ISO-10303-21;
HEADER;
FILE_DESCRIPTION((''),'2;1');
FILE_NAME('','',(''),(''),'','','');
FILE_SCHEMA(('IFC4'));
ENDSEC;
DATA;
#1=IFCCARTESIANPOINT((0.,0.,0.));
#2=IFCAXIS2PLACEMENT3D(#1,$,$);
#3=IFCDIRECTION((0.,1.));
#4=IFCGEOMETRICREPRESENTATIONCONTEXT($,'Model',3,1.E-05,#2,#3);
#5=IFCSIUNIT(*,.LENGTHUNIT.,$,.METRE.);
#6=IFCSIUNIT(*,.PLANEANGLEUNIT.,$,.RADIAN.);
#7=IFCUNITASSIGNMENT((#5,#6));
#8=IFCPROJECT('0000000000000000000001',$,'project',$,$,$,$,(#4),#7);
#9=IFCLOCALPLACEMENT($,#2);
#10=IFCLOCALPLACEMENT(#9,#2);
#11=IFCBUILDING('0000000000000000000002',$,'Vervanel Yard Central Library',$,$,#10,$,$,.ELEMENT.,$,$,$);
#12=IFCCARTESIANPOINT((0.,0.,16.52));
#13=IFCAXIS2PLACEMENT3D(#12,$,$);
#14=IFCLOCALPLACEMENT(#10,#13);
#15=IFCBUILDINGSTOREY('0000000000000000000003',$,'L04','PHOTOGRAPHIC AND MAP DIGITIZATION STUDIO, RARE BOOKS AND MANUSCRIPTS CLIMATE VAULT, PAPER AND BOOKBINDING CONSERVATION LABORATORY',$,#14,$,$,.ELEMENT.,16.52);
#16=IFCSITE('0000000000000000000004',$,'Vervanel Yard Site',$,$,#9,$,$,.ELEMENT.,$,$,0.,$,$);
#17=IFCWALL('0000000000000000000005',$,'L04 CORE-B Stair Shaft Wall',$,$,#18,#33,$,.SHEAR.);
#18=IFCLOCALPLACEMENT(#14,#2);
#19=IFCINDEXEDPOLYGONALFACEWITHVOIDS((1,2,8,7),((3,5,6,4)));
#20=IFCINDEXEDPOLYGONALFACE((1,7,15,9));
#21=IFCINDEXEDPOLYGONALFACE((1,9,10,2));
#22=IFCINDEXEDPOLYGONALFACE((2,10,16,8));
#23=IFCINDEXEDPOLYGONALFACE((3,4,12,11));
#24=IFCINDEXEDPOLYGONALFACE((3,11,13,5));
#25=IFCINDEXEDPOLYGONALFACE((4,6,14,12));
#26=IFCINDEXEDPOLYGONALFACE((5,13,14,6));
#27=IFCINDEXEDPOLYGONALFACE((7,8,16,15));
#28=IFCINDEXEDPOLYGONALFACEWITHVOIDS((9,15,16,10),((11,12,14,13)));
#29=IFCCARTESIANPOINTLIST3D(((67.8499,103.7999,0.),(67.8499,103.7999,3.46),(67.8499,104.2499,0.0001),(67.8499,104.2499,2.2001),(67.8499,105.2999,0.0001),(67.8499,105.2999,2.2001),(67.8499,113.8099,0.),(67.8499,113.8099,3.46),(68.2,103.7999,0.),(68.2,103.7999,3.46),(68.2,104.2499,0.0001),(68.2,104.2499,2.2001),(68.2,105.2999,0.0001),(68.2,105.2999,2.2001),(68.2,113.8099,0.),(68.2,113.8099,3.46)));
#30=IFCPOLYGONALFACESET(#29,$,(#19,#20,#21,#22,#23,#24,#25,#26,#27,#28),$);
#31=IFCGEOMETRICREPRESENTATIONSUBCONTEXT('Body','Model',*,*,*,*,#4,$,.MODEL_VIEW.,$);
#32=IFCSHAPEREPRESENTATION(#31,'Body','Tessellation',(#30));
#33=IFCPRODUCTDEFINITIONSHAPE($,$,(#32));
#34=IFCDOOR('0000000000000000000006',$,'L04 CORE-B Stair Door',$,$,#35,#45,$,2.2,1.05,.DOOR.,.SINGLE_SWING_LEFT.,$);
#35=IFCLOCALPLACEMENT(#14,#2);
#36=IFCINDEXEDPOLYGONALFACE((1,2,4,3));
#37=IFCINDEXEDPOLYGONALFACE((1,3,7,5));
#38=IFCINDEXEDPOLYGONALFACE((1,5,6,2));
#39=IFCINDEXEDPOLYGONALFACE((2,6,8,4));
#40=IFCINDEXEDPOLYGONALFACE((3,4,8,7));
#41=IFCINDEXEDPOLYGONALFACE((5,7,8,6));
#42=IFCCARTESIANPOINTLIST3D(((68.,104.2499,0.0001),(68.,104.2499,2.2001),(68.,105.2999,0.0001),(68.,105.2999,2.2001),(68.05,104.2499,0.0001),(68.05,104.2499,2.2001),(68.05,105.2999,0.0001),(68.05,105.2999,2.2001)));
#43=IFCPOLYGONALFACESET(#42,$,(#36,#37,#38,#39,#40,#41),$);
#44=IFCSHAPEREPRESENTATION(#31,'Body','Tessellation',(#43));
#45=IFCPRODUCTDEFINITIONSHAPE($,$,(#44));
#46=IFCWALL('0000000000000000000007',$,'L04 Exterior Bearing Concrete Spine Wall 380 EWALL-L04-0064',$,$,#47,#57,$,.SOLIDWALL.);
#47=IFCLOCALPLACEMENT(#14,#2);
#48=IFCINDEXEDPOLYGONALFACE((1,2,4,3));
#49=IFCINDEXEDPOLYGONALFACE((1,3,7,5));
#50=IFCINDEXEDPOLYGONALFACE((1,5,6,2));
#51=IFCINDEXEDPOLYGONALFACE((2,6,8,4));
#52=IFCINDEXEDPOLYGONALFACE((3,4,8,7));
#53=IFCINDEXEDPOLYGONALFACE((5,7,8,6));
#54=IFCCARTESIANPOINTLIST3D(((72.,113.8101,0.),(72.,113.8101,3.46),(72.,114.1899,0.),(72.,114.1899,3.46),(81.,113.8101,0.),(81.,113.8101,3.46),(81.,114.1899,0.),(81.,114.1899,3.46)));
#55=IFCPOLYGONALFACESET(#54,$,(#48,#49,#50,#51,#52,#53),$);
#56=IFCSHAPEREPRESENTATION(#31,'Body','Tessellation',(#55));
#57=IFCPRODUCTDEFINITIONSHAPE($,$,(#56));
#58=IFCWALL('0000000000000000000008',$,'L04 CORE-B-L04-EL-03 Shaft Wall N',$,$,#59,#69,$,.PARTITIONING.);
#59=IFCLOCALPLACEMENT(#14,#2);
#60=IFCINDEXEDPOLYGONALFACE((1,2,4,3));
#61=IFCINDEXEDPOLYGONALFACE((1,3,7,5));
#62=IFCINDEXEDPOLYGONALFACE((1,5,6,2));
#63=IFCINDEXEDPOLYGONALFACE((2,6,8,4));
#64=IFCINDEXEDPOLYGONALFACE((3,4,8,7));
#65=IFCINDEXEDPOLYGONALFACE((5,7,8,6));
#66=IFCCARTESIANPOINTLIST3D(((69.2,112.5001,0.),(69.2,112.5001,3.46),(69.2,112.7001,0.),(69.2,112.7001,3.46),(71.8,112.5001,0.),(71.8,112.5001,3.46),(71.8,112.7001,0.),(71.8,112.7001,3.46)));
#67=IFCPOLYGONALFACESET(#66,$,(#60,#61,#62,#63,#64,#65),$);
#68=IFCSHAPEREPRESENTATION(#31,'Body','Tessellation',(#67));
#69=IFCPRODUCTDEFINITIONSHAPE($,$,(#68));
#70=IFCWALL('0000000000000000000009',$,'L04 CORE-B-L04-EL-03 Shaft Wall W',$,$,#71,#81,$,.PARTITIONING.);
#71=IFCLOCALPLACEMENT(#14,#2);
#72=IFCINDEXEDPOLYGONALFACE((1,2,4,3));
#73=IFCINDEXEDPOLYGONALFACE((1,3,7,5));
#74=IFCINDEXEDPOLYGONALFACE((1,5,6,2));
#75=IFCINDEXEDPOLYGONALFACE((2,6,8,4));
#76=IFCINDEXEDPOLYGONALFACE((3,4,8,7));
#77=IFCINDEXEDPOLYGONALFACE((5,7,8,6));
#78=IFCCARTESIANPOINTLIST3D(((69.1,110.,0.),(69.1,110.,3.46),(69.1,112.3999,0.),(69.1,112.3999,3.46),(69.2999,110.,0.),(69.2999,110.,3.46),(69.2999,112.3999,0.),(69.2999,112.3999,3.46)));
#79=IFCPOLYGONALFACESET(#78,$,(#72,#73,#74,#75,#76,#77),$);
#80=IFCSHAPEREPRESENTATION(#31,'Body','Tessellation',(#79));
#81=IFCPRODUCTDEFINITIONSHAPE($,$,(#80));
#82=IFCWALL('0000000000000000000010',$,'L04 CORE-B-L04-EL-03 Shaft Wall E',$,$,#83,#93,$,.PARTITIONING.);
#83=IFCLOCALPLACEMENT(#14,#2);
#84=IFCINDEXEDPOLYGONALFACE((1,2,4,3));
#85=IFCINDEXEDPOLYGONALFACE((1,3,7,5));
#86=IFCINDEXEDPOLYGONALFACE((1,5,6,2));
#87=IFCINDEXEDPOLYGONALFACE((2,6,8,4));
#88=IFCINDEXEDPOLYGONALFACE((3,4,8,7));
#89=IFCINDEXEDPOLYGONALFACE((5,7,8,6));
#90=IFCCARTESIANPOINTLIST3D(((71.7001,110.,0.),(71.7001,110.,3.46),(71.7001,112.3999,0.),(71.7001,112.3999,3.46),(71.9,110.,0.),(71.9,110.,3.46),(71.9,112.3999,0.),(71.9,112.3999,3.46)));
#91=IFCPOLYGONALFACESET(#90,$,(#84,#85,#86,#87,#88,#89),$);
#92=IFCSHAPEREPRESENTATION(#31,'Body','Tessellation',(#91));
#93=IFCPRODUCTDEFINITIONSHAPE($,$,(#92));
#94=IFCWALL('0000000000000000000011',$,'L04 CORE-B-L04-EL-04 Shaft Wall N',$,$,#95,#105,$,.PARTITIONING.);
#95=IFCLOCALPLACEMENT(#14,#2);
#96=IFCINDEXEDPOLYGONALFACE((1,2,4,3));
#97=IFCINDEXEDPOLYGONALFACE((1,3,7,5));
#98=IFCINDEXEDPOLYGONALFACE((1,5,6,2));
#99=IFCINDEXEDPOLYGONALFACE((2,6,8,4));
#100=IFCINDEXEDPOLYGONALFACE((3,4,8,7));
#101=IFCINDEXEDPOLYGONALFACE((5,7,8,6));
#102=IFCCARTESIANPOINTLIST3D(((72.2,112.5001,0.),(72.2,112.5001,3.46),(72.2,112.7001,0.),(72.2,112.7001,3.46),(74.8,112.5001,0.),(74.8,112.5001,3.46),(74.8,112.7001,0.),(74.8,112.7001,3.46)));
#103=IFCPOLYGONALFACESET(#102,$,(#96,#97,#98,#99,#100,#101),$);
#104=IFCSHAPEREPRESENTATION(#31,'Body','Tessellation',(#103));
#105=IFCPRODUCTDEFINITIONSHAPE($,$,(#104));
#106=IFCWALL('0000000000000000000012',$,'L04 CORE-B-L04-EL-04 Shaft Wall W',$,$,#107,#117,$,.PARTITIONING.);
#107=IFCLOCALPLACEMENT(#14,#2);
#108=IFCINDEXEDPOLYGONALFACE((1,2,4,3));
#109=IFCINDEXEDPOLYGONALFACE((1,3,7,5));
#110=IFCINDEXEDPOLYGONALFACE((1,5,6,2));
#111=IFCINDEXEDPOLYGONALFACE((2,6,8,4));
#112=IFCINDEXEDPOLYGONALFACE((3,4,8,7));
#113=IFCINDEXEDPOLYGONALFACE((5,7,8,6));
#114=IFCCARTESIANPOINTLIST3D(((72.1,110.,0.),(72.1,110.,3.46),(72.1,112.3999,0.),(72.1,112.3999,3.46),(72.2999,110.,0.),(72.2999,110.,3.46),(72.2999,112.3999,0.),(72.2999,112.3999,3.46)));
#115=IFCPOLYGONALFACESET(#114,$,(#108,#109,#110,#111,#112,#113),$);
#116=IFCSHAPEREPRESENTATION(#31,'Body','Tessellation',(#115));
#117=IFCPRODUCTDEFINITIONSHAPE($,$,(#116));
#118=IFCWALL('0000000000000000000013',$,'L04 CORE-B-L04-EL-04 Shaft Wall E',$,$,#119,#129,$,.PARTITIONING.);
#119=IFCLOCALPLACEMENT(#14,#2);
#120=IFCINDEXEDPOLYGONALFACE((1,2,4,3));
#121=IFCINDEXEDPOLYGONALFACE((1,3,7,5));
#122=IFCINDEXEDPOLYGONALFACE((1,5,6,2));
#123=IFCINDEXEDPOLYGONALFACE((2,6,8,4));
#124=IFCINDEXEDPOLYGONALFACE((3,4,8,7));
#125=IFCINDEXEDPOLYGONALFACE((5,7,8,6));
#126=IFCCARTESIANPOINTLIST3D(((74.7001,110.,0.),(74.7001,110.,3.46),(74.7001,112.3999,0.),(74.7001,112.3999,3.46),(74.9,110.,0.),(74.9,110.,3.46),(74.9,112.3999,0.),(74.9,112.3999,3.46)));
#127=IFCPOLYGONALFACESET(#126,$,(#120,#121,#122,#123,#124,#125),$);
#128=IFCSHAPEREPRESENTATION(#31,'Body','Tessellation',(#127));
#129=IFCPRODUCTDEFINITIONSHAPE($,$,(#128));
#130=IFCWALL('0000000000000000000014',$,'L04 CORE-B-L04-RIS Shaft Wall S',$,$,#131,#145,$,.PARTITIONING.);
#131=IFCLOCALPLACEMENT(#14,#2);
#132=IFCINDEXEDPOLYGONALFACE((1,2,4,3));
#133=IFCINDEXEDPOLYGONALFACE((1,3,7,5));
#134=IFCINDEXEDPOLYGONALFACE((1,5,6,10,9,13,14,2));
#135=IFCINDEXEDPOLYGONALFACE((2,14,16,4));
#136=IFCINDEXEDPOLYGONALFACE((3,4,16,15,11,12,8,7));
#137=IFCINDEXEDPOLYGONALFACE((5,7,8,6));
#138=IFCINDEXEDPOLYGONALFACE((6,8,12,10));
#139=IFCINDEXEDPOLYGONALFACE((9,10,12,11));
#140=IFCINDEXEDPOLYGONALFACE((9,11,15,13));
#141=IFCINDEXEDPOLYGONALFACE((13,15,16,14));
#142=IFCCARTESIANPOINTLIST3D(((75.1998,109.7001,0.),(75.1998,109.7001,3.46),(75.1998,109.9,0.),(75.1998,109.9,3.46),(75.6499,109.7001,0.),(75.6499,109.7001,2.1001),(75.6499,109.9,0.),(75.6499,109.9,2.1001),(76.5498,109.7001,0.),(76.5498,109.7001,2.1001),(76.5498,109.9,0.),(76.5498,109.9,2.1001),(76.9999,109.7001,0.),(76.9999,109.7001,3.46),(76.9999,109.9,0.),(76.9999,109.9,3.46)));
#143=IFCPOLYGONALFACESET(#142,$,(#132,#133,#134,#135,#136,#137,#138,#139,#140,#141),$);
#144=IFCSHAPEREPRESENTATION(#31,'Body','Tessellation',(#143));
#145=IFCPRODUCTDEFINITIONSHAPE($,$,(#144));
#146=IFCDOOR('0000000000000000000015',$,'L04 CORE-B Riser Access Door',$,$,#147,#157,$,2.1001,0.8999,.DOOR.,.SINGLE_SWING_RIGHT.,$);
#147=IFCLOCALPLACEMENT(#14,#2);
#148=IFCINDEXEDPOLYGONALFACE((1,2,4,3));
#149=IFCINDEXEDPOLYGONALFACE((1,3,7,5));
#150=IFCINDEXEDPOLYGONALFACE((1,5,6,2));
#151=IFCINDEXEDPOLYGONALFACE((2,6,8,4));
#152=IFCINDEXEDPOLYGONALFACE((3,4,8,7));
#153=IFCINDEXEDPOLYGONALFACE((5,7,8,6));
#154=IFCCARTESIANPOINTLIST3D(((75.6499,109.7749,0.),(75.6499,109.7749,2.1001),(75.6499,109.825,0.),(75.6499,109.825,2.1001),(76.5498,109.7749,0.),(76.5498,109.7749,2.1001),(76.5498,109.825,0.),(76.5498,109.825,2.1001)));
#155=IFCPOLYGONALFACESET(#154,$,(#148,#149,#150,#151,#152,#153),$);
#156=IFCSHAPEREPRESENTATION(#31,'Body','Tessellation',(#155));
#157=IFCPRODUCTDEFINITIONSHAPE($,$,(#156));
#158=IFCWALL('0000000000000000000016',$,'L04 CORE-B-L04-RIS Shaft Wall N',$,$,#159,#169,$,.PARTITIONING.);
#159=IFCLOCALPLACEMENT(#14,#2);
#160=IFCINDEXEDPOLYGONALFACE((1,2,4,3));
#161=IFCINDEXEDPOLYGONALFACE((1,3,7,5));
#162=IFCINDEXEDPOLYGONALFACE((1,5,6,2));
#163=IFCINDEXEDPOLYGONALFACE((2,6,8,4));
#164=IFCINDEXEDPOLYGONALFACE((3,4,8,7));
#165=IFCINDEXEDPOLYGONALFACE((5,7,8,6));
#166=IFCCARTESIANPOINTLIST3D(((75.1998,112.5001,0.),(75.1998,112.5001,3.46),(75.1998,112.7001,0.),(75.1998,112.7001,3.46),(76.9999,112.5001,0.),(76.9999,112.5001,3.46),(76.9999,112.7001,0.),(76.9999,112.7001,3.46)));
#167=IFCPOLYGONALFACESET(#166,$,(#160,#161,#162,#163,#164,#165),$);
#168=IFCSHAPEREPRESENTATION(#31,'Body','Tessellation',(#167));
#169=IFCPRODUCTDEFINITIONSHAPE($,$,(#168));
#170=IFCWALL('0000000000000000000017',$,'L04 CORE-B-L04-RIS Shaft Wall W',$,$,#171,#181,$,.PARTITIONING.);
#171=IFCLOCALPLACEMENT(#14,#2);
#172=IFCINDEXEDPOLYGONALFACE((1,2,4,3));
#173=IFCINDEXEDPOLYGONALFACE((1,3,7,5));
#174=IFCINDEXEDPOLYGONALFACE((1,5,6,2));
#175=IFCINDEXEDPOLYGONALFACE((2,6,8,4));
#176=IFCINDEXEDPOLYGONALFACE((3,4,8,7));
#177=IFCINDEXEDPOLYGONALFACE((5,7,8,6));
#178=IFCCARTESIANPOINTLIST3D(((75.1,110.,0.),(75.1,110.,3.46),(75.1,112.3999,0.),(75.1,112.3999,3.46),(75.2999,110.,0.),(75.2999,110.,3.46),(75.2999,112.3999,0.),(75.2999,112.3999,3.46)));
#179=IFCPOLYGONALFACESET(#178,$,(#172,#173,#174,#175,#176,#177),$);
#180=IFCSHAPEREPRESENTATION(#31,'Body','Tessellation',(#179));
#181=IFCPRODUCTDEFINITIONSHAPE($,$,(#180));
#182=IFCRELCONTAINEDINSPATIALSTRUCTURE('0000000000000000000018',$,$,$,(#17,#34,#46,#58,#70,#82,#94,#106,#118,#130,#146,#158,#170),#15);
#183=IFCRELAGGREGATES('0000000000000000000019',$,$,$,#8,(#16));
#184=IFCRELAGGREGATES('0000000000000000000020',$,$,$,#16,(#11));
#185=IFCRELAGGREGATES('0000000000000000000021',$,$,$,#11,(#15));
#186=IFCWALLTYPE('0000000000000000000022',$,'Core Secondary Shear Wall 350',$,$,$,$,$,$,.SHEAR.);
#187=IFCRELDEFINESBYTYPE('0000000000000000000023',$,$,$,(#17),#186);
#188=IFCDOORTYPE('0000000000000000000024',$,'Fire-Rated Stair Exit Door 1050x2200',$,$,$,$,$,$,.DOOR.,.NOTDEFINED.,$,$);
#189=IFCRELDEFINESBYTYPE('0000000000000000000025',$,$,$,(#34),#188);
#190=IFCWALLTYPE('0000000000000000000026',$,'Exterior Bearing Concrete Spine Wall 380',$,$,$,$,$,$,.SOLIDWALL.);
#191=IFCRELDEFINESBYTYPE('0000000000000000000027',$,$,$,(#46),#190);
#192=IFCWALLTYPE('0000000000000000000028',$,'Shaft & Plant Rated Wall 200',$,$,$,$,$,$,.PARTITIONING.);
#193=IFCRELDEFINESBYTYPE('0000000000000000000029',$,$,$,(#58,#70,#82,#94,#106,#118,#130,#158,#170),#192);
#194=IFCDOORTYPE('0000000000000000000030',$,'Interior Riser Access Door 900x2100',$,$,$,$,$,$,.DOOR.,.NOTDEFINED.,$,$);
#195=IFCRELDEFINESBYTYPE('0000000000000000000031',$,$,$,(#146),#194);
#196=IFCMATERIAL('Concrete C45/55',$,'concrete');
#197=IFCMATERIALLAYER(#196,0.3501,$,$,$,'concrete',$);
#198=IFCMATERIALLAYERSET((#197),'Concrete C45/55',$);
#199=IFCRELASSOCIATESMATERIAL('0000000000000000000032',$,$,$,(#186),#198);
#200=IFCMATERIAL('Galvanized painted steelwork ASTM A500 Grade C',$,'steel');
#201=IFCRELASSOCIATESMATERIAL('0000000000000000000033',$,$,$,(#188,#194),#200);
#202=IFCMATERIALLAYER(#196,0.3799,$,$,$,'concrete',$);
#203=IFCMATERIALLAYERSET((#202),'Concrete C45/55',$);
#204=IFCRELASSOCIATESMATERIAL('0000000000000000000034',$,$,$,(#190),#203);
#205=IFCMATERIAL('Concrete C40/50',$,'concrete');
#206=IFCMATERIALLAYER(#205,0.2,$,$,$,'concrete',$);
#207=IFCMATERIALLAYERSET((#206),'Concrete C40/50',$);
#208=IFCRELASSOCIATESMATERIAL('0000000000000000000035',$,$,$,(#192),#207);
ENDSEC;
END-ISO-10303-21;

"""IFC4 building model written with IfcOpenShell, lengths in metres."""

from ifc_helpers import new_model, si_unit, direction, frame, frame_2d, origin, place, context, subcontext, project, spatial, rectangle, extrude, material, layer, layer_set, type_object, element, fill, save


model = new_model("IFC4")

# Units and contexts
model_context = context("Model", 3, precision=1e-05, world=origin(), true_north=direction((0.0, 1.0)))
body_context = subcontext(model_context, "Body", "Model", "MODEL_VIEW")
ifc_project = project(units=[si_unit("LENGTHUNIT", "METRE"), si_unit("PLANEANGLEUNIT", "RADIAN")], contexts=[model_context])

# Site, building, storey
site_placement = place(None, origin())
site = spatial("IfcSite", under=ifc_project, at=site_placement, Name="Vervanel Yard Site", CompositionType="ELEMENT", RefElevation=0.0)
building_placement = place(site_placement, origin())
building = spatial("IfcBuilding", under=site, at=building_placement, Name="Vervanel Yard Central Library", CompositionType="ELEMENT")
storey_placement = place(building_placement, frame((0.0, 0.0, 16.52)))
storey = spatial("IfcBuildingStorey", under=building, at=storey_placement, Name="L04", Description="PHOTOGRAPHIC AND MAP DIGITIZATION STUDIO, RARE BOOKS AND MANUSCRIPTS CLIMATE VAULT, PAPER AND BOOKBINDING CONSERVATION LABORATORY", CompositionType="ELEMENT", Elevation=16.52)

# Wall, opening, door
ifc_material_1 = material(Name="Concrete C45/55", Category="concrete")
ifc_layer_1 = layer(ifc_material_1, 0.3501, Category="concrete")
ifc_layer_set_1 = layer_set([ifc_layer_1], Name="Concrete C45/55")
wall_type_1 = type_object("IfcWallType", Name="Core Secondary Shear Wall 350", PredefinedType="SHEAR", material=ifc_layer_set_1)
wall_1_placement = place(storey_placement, frame((68.0249, 103.8, 0.0), z_axis=(0.0, 0.0, 1.0), x_axis=(0.0, 1.0, 0.0)))
wall_1 = element("IfcWall", 1, at=wall_1_placement, inside=storey, type_object=wall_type_1, Name="L04 CORE-B Stair Shaft Wall", PredefinedType="SHEAR", context=body_context, shape_type="SweptSolid", body=[
    extrude(rectangle(XDim=10.01, YDim=0.3501, at=frame_2d((5.0049, 0.0))), origin(), (0.0, 0.0, 1.0), 3.46),
])
opening_1_placement = place(wall_1_placement, frame((0.45, 0.0, 0.0)))
opening_1 = element("IfcOpeningElement", 2, at=opening_1_placement, cuts=wall_1, PredefinedType="OPENING", context=body_context, shape_type="SweptSolid", body=[
    extrude(rectangle(XDim=1.05, YDim=2.2, at=frame_2d((0.5249, 1.1001))), frame((0.0, 0.1851, 0.0), z_axis=(0.0, -1.0, 0.0), x_axis=(1.0, 0.0, 0.0)), (0.0, 0.0, 1.0), 0.3701),
])
ifc_material_2 = material(Name="Galvanized painted steelwork ASTM A500 Grade C", Category="steel")
door_type_1 = type_object("IfcDoorType", Name="Fire-Rated Stair Exit Door 1050x2200", OperationType="NOTDEFINED", PredefinedType="DOOR", material=ifc_material_2)
door_1_placement = place(opening_1_placement, origin())
door_1 = element("IfcDoor", 3, at=door_1_placement, inside=storey, type_object=door_type_1, Name="L04 CORE-B Stair Door", OperationType="SINGLE_SWING_LEFT", OverallHeight=2.2, OverallWidth=1.05, PredefinedType="DOOR", context=body_context, shape_type="SweptSolid", body=[
    extrude(rectangle(XDim=1.05, YDim=2.2, at=frame_2d((0.5249, 1.1001))), frame((0.0, 0.0249, 0.0), z_axis=(0.0, -1.0, 0.0), x_axis=(1.0, 0.0, 0.0)), (0.0, 0.0, 1.0), 0.05),
])
fill(opening_1, door_1)

# Wall
ifc_layer_2 = layer(ifc_material_1, 0.3799, Category="concrete")
ifc_layer_set_2 = layer_set([ifc_layer_2], Name="Concrete C45/55")
wall_type_2 = type_object("IfcWallType", Name="Exterior Bearing Concrete Spine Wall 380", PredefinedType="SOLIDWALL", material=ifc_layer_set_2)
wall_2_placement = place(storey_placement, frame((72.0, 114.0, 0.0), z_axis=(0.0, 0.0, 1.0), x_axis=(1.0, 0.0, 0.0)))
element("IfcWall", 4, at=wall_2_placement, inside=storey, type_object=wall_type_2, Name="L04 Exterior Bearing Concrete Spine Wall 380 EWALL-L04-0064", PredefinedType="SOLIDWALL", context=body_context, shape_type="SweptSolid", body=[
    extrude(rectangle(XDim=9.0, YDim=0.3799, at=frame_2d((4.5, 0.0))), origin(), (0.0, 0.0, 1.0), 3.46),
])

# Shared definitions
ifc_material_3 = material(Name="Concrete C40/50", Category="concrete")
ifc_layer_3 = layer(ifc_material_3, 0.2, Category="concrete")
ifc_layer_set_3 = layer_set([ifc_layer_3], Name="Concrete C40/50")
wall_type_3 = type_object("IfcWallType", Name="Shaft & Plant Rated Wall 200", PredefinedType="PARTITIONING", material=ifc_layer_set_3)

# Walls
wall_3_placement = place(storey_placement, frame((69.2, 112.6001, 0.0), z_axis=(0.0, 0.0, 1.0), x_axis=(1.0, 0.0, 0.0)))
element("IfcWall", 5, at=wall_3_placement, inside=storey, type_object=wall_type_3, Name="L04 CORE-B-L04-EL-03 Shaft Wall N", PredefinedType="PARTITIONING", context=body_context, shape_type="SweptSolid", body=[
    extrude(rectangle(XDim=2.6001, YDim=0.2, at=frame_2d((1.3, 0.0))), origin(), (0.0, 0.0, 1.0), 3.46),
])
for number, where, z_axis, x_axis, name in (
    (6, (69.2, 110.0, 0.0), (0.0, 0.0, 1.0), (0.0, 1.0, 0.0), "L04 CORE-B-L04-EL-03 Shaft Wall W"),
    (7, (71.8, 110.0, 0.0), (0.0, 0.0, 1.0), (0.0, 1.0, 0.0), "L04 CORE-B-L04-EL-03 Shaft Wall E"),
):
    element("IfcWall", number, at=place(storey_placement, frame(where, z_axis=z_axis, x_axis=x_axis)), inside=storey, type_object=wall_type_3, Name=name, PredefinedType="PARTITIONING", context=body_context, shape_type="SweptSolid", body=[
        extrude(rectangle(XDim=2.3999, YDim=0.2, at=frame_2d((1.2, 0.0))), origin(), (0.0, 0.0, 1.0), 3.46),
    ])

# Walls
wall_4_placement = place(storey_placement, frame((72.2, 112.6001, 0.0), z_axis=(0.0, 0.0, 1.0), x_axis=(1.0, 0.0, 0.0)))
element("IfcWall", 8, at=wall_4_placement, inside=storey, type_object=wall_type_3, Name="L04 CORE-B-L04-EL-04 Shaft Wall N", PredefinedType="PARTITIONING", context=body_context, shape_type="SweptSolid", body=[
    extrude(rectangle(XDim=2.6001, YDim=0.2, at=frame_2d((1.3, 0.0))), origin(), (0.0, 0.0, 1.0), 3.46),
])
for number, where, z_axis, x_axis, name in (
    (9, (72.2, 110.0, 0.0), (0.0, 0.0, 1.0), (0.0, 1.0, 0.0), "L04 CORE-B-L04-EL-04 Shaft Wall W"),
    (10, (74.8, 110.0, 0.0), (0.0, 0.0, 1.0), (0.0, 1.0, 0.0), "L04 CORE-B-L04-EL-04 Shaft Wall E"),
):
    element("IfcWall", number, at=place(storey_placement, frame(where, z_axis=z_axis, x_axis=x_axis)), inside=storey, type_object=wall_type_3, Name=name, PredefinedType="PARTITIONING", context=body_context, shape_type="SweptSolid", body=[
        extrude(rectangle(XDim=2.3999, YDim=0.2, at=frame_2d((1.2, 0.0))), origin(), (0.0, 0.0, 1.0), 3.46),
    ])

# Wall, opening, door
wall_5_placement = place(storey_placement, frame((75.2, 109.8, 0.0), z_axis=(0.0, 0.0, 1.0), x_axis=(1.0, 0.0, 0.0)))
wall_5 = element("IfcWall", 11, at=wall_5_placement, inside=storey, type_object=wall_type_3, Name="L04 CORE-B-L04-RIS Shaft Wall S", PredefinedType="PARTITIONING", context=body_context, shape_type="SweptSolid", body=[
    extrude(rectangle(XDim=1.8, YDim=0.2, at=frame_2d((0.8999, 0.0))), origin(), (0.0, 0.0, 1.0), 3.46),
])
opening_2_placement = place(wall_5_placement, frame((0.45, 0.0, 0.0)))
opening_2 = element("IfcOpeningElement", 12, at=opening_2_placement, cuts=wall_5, PredefinedType="OPENING", context=body_context, shape_type="SweptSolid", body=[
    extrude(rectangle(XDim=0.8999, YDim=2.1001, at=frame_2d((0.45, 1.05))), frame((0.0, 0.1099, 0.0), z_axis=(0.0, -1.0, 0.0), x_axis=(1.0, 0.0, 0.0)), (0.0, 0.0, 1.0), 0.22),
])
door_type_2 = type_object("IfcDoorType", Name="Interior Riser Access Door 900x2100", OperationType="NOTDEFINED", PredefinedType="DOOR", material=ifc_material_2)
door_2_placement = place(opening_2_placement, origin())
door_2 = element("IfcDoor", 13, at=door_2_placement, inside=storey, type_object=door_type_2, Name="L04 CORE-B Riser Access Door", OperationType="SINGLE_SWING_RIGHT", OverallHeight=2.1001, OverallWidth=0.8999, PredefinedType="DOOR", context=body_context, shape_type="SweptSolid", body=[
    extrude(rectangle(XDim=0.8999, YDim=2.1001, at=frame_2d((0.45, 1.05))), frame((0.0, 0.0249, 0.0), z_axis=(0.0, -1.0, 0.0), x_axis=(1.0, 0.0, 0.0)), (0.0, 0.0, 1.0), 0.05),
])
fill(opening_2, door_2)

# Walls
wall_6_placement = place(storey_placement, frame((75.2, 112.6001, 0.0), z_axis=(0.0, 0.0, 1.0), x_axis=(1.0, 0.0, 0.0)))
element("IfcWall", 14, at=wall_6_placement, inside=storey, type_object=wall_type_3, Name="L04 CORE-B-L04-RIS Shaft Wall N", PredefinedType="PARTITIONING", context=body_context, shape_type="SweptSolid", body=[
    extrude(rectangle(XDim=1.8, YDim=0.2, at=frame_2d((0.8999, 0.0))), origin(), (0.0, 0.0, 1.0), 3.46),
])
wall_7_placement = place(storey_placement, frame((75.2, 110.0, 0.0), z_axis=(0.0, 0.0, 1.0), x_axis=(0.0, 1.0, 0.0)))
element("IfcWall", 15, at=wall_7_placement, inside=storey, type_object=wall_type_3, Name="L04 CORE-B-L04-RIS Shaft Wall W", PredefinedType="PARTITIONING", context=body_context, shape_type="SweptSolid", body=[
    extrude(rectangle(XDim=2.3999, YDim=0.2, at=frame_2d((1.2, 0.0))), origin(), (0.0, 0.0, 1.0), 3.46),
])

save(model, "model.ifc")
